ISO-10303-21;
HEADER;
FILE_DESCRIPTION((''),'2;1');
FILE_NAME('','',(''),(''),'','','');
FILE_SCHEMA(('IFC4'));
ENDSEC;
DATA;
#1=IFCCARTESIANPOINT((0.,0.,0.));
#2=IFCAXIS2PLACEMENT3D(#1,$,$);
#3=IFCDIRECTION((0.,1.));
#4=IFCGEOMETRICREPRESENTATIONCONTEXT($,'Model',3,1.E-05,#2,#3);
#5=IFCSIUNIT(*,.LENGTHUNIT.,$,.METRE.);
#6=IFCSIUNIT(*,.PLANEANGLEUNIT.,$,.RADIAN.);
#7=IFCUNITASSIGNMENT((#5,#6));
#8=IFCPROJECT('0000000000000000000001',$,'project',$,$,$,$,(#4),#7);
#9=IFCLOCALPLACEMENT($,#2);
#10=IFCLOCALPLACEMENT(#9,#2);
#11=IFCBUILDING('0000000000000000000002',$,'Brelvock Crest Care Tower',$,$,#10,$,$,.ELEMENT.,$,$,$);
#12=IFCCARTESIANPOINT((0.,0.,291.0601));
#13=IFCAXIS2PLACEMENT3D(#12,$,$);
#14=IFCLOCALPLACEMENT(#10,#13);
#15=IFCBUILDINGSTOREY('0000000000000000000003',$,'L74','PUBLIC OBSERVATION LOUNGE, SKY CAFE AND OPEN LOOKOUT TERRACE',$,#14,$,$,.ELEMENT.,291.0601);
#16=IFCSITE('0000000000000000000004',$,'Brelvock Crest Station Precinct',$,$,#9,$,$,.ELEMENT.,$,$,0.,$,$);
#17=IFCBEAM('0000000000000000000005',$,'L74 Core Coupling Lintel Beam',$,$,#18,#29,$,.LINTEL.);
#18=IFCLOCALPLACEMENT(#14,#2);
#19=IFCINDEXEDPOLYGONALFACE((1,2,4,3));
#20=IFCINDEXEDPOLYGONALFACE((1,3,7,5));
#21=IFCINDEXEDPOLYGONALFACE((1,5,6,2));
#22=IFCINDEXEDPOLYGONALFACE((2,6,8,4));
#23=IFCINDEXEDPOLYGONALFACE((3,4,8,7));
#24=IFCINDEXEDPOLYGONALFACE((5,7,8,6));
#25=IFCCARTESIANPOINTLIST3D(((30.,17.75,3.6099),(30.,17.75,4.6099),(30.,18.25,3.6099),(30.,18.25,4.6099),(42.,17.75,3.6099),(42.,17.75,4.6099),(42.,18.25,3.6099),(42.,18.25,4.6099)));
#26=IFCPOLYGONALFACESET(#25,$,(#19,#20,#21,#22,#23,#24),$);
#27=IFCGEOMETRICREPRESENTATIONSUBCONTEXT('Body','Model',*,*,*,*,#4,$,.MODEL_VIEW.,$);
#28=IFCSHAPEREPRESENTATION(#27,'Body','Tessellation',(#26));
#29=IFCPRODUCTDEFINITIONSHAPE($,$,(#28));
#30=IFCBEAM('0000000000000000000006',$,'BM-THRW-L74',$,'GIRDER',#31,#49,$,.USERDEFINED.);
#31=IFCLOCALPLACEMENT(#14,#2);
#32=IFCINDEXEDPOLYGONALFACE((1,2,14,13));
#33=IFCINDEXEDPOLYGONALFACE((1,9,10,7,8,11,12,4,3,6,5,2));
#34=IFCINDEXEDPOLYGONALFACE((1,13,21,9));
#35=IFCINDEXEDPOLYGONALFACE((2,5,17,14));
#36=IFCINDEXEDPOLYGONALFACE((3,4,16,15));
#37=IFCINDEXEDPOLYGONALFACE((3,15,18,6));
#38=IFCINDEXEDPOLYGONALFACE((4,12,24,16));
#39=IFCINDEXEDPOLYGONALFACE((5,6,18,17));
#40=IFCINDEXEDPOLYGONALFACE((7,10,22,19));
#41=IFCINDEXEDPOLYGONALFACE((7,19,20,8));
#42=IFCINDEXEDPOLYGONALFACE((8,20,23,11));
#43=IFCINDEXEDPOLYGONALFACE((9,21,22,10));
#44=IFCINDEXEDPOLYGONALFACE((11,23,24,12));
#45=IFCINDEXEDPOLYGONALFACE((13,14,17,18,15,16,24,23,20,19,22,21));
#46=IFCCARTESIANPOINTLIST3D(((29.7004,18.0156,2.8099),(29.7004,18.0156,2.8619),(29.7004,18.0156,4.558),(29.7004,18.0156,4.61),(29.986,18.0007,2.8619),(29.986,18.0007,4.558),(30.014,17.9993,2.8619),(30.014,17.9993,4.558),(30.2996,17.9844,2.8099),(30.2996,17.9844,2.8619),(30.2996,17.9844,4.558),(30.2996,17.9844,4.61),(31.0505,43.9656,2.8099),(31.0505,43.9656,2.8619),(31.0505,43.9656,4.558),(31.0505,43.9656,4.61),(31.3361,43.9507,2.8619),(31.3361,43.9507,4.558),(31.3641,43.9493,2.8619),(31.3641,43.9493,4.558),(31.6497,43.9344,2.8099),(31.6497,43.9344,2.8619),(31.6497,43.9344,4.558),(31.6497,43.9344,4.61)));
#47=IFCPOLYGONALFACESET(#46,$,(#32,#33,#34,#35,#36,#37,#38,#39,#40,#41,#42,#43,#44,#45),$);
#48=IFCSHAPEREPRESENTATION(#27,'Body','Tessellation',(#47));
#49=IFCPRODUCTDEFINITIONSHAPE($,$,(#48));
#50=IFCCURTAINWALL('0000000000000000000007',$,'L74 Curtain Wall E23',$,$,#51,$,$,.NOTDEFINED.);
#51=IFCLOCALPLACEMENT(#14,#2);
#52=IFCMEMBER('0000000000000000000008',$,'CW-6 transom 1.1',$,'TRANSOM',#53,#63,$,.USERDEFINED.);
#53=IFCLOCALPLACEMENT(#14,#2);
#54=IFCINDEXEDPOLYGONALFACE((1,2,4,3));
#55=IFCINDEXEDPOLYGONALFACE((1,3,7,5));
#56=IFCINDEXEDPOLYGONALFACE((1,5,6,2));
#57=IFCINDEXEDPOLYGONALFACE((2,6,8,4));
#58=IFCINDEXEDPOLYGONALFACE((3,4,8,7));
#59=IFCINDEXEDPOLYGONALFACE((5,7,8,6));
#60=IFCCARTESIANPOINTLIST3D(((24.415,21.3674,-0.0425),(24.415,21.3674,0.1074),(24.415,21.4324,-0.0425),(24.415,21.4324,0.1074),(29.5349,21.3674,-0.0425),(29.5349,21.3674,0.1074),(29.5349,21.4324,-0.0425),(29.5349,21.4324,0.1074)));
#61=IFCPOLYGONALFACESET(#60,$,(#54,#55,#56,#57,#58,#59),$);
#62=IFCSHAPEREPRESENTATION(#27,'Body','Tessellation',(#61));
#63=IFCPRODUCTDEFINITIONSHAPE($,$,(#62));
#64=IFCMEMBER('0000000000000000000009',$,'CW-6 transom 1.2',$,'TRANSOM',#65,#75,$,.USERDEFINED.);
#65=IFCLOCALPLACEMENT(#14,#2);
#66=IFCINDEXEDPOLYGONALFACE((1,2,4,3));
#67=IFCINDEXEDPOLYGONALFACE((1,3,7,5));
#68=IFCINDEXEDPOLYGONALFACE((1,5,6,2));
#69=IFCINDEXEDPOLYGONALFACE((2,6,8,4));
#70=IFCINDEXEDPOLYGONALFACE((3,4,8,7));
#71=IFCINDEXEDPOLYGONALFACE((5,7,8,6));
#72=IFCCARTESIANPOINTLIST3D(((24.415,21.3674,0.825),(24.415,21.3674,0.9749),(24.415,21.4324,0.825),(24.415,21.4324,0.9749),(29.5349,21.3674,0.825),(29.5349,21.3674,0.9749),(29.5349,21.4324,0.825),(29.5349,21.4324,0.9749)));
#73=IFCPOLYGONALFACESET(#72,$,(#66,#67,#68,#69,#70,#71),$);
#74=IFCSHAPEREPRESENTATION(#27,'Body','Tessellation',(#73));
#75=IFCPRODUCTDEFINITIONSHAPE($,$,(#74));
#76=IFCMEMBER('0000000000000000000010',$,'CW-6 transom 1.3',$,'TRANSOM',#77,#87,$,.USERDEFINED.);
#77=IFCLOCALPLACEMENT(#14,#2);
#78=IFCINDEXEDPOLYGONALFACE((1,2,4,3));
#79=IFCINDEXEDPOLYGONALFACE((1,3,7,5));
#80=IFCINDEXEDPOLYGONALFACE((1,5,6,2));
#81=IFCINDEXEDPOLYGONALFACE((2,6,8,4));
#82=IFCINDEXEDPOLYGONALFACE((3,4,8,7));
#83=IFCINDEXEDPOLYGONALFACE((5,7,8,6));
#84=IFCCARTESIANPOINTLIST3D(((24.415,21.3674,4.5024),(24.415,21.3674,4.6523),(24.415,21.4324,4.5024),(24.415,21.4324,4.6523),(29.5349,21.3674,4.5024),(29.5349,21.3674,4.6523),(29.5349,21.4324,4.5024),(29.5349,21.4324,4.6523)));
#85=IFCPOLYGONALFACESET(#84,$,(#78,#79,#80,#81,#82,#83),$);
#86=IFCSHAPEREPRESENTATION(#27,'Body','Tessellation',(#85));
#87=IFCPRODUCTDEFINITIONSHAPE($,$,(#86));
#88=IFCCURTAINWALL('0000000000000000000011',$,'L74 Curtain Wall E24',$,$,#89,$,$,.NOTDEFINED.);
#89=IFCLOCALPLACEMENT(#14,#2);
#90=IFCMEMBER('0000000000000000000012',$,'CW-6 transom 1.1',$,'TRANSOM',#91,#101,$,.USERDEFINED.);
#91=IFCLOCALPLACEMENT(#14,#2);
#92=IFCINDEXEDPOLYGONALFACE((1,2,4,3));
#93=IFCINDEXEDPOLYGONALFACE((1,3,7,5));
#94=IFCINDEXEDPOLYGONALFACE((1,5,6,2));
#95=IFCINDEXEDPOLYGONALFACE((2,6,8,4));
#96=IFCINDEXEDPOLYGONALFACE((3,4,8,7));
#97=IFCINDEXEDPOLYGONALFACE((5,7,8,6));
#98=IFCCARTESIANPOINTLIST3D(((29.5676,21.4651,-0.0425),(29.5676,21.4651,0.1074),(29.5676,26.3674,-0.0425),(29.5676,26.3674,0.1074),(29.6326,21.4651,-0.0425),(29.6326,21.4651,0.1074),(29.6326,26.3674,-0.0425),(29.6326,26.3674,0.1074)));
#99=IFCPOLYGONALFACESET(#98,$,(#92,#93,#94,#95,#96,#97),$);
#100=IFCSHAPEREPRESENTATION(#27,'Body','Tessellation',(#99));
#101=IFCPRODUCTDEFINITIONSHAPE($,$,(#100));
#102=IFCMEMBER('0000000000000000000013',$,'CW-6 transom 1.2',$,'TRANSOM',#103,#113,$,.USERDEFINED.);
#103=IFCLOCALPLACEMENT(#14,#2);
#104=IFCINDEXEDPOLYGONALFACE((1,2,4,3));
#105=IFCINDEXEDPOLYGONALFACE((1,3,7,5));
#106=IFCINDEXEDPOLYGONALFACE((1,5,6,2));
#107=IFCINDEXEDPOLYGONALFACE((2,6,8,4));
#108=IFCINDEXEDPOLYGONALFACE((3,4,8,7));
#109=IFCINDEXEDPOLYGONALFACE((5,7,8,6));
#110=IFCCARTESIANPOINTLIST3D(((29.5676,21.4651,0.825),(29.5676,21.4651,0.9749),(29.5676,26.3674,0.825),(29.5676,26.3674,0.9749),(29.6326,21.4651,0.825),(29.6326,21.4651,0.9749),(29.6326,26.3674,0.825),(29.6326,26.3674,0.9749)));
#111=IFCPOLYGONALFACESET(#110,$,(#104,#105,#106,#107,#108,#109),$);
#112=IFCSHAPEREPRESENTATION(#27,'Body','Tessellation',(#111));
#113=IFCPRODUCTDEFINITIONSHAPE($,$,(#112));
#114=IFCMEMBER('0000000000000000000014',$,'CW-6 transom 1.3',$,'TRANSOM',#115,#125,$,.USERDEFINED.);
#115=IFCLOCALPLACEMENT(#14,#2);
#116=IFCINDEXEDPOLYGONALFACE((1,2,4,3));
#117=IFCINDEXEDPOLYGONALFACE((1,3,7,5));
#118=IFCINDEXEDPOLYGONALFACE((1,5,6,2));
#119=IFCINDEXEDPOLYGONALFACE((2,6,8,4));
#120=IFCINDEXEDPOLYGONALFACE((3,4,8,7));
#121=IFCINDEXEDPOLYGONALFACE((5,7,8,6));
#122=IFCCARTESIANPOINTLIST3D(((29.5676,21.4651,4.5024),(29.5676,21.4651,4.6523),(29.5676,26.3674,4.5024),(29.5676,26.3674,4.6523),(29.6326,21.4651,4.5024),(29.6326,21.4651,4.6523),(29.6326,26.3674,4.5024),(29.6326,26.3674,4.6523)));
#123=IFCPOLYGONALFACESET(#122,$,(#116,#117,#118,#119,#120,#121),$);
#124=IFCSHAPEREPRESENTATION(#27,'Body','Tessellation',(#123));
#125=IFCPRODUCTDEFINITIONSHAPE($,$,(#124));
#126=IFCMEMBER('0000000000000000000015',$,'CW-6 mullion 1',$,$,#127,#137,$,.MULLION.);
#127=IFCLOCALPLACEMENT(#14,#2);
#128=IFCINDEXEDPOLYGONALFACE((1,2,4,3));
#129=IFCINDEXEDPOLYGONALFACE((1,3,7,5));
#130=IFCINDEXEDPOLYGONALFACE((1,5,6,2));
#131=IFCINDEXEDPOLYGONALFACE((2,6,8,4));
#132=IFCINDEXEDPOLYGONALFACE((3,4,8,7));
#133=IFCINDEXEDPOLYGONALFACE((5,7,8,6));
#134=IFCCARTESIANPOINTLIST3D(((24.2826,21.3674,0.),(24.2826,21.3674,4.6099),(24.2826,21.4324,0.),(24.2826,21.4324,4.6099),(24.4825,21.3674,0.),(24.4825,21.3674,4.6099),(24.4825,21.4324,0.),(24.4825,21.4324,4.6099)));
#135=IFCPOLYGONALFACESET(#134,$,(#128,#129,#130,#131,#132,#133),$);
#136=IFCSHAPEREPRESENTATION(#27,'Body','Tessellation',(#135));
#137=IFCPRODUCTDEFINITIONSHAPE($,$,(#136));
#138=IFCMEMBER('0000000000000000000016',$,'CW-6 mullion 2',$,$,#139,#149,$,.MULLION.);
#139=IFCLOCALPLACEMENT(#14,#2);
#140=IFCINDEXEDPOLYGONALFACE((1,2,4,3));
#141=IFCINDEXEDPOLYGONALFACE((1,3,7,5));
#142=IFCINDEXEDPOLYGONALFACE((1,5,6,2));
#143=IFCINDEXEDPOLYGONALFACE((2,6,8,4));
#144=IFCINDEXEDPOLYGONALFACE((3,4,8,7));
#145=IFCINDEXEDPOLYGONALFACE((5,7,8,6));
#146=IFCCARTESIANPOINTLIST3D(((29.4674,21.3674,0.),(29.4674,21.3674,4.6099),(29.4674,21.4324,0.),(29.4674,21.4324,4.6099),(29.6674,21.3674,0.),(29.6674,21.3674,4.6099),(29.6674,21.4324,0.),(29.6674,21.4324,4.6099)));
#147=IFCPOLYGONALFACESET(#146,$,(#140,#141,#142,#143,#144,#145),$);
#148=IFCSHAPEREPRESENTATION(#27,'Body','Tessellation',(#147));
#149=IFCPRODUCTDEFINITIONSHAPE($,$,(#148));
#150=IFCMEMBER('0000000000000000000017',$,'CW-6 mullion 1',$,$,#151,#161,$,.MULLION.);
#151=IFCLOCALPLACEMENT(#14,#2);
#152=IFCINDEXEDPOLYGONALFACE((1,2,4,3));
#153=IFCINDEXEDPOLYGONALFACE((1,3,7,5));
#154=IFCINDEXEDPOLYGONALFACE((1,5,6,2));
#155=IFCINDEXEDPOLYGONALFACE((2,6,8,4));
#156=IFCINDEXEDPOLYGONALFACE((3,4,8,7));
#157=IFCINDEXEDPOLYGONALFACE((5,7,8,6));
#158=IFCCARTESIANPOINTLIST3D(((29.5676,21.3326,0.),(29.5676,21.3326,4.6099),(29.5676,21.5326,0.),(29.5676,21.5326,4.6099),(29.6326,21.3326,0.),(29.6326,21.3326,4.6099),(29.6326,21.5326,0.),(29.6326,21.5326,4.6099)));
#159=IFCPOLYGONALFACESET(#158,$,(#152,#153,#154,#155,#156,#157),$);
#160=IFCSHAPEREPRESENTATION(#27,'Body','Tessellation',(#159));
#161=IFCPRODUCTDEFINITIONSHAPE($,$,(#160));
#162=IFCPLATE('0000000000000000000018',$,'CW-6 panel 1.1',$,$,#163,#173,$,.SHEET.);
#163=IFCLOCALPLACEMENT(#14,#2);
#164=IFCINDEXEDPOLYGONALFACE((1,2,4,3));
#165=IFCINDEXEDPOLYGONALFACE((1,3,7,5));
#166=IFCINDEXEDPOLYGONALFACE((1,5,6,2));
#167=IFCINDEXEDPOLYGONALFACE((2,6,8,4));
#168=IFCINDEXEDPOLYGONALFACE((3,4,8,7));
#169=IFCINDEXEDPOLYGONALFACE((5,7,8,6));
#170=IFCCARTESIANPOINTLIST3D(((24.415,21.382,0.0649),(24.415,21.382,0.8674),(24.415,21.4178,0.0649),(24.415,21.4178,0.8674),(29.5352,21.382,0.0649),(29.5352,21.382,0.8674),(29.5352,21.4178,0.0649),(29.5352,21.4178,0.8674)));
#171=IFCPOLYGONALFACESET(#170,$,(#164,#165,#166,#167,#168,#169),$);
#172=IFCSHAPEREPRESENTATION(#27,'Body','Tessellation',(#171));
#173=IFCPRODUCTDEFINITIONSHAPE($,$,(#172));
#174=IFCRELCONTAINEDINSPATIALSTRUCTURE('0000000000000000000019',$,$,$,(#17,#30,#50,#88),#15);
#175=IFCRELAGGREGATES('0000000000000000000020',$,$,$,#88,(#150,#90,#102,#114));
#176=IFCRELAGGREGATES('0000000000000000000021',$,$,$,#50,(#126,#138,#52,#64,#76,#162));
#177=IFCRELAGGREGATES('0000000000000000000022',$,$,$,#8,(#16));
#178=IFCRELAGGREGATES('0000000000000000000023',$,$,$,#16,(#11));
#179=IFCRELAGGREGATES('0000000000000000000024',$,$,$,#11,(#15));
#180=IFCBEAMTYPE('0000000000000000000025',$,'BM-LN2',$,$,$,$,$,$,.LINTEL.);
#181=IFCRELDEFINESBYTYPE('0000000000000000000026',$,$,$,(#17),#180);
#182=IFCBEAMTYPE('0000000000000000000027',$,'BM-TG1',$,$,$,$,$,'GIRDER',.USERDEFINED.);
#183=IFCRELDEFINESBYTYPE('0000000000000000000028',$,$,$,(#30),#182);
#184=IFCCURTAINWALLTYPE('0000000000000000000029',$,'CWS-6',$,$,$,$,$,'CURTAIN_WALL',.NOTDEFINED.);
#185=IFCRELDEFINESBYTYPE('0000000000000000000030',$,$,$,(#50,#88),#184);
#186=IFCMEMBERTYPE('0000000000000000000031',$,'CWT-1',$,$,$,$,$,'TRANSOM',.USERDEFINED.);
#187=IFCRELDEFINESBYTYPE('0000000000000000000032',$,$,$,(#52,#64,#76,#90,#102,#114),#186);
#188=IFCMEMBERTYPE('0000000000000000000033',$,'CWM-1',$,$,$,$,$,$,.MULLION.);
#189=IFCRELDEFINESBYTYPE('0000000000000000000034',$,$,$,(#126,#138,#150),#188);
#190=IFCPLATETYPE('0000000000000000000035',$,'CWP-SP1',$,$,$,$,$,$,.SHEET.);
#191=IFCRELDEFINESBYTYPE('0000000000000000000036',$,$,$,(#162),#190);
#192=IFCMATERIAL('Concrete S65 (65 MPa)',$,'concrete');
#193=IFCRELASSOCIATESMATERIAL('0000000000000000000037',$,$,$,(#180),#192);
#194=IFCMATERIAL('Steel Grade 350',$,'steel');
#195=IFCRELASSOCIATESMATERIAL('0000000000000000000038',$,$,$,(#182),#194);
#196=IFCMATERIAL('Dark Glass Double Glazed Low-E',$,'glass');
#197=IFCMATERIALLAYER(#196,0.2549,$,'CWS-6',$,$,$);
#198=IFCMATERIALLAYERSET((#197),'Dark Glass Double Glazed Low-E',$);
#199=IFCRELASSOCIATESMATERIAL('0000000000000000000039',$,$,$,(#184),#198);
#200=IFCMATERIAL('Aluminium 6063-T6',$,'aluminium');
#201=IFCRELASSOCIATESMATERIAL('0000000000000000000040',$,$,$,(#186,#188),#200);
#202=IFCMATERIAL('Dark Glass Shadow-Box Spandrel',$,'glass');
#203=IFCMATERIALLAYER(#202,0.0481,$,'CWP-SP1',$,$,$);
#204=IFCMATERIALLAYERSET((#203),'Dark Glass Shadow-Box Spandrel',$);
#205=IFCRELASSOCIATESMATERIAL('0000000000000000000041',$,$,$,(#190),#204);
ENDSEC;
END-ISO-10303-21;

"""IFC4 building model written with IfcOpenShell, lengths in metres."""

from ifc_helpers import new_model, si_unit, direction, frame, origin, origin_2d, place, context, subcontext, project, spatial, rectangle, i_section, extrude, source, transform, mapped, material, layer, layer_set, material_profile, profile_set, type_object, element, aggregate, save


model = new_model("IFC4")

# Units and contexts
model_context = context("Model", 3, precision=1e-05, world=origin(), true_north=direction((0.0, 1.0)))
body_context = subcontext(model_context, "Body", "Model", "MODEL_VIEW")
ifc_project = project(units=[si_unit("LENGTHUNIT", "METRE"), si_unit("PLANEANGLEUNIT", "RADIAN")], contexts=[model_context])

# Site, building, storey
site_placement = place(None, origin())
site = spatial("IfcSite", under=ifc_project, at=site_placement, Name="Brelvock Crest Station Precinct", CompositionType="ELEMENT", RefElevation=0.0)
building_placement = place(site_placement, origin())
building = spatial("IfcBuilding", under=site, at=building_placement, Name="Brelvock Crest Care Tower", CompositionType="ELEMENT")
storey_placement = place(building_placement, frame((0.0, 0.0, 291.0601)))
storey = spatial("IfcBuildingStorey", under=building, at=storey_placement, Name="L74", Description="PUBLIC OBSERVATION LOUNGE, SKY CAFE AND OPEN LOOKOUT TERRACE", CompositionType="ELEMENT", Elevation=291.0601)

# Beams
ifc_material_1 = material(Name="Concrete S65 (65 MPa)", Category="concrete")
ifc_material_profile_1 = material_profile(ifc_material_1, rectangle(XDim=0.5, YDim=1.0, at=origin_2d()), Name="RC500x1000")
ifc_profile_set_1 = profile_set([ifc_material_profile_1], Name="Concrete S65 (65 MPa)")
beam_type_1 = type_object("IfcBeamType", Name="BM-LN2", PredefinedType="LINTEL", material=ifc_profile_set_1)
shared_shape_1 = source(origin(), body_context, "Body", "SweptSolid", [
    extrude(rectangle(XDim=0.5, YDim=1.0, at=origin_2d()), origin(), (0.0, 0.0, 1.0), 12.0),
])
beam_1_placement = place(storey_placement, frame((30.0, 18.0, 4.1099), z_axis=(1.0, 0.0, 0.0), x_axis=(0.0, 1.0, 0.0)))
element("IfcBeam", 1, at=beam_1_placement, inside=storey, type_object=beam_type_1, Name="L74 Core Coupling Lintel Beam", PredefinedType="LINTEL", context=body_context, shape_type="MappedRepresentation", body=[
    mapped(shared_shape_1, transform((0.0, 0.0, 0.0), x_axis=(1.0, 0.0, 0.0), y_axis=(0.0, 1.0, 0.0), z_axis=(0.0, 0.0, 1.0), scale=1.0)),
])
ifc_material_2 = material(Name="Steel Grade 350", Category="steel")
ifc_material_profile_2 = material_profile(ifc_material_2, i_section(OverallWidth=0.6001, OverallDepth=1.8, WebThickness=0.0281, FlangeThickness=0.052, at=origin_2d()), Name="1800TG740")
ifc_profile_set_2 = profile_set([ifc_material_profile_2], Name="Steel Grade 350")
beam_type_2 = type_object("IfcBeamType", Name="BM-TG1", ElementType="GIRDER", PredefinedType="USERDEFINED", material=ifc_profile_set_2)
shared_shape_2 = source(origin(), body_context, "Body", "SweptSolid", [
    extrude(i_section(OverallWidth=0.6001, OverallDepth=1.8, WebThickness=0.0281, FlangeThickness=0.052, at=origin_2d()), origin(), (0.0, 0.0, 1.0), 25.9851),
])
beam_2_placement = place(storey_placement, frame((30.0, 18.0, 3.71), z_axis=(0.051957, 0.998649, 0.0), x_axis=(-0.998649, 0.051957, 0.0)))
element("IfcBeam", 2, at=beam_2_placement, inside=storey, type_object=beam_type_2, Name="BM-THRW-L74", ObjectType="GIRDER", PredefinedType="USERDEFINED", context=body_context, shape_type="MappedRepresentation", body=[
    mapped(shared_shape_2, transform((0.0, 0.0, 0.0), x_axis=(1.0, 0.0, 0.0), y_axis=(0.0, 1.0, 0.0), z_axis=(0.0, 0.0, 1.0), scale=1.0)),
])

# Curtain walls, members
ifc_material_3 = material(Name="Dark Glass Double Glazed Low-E", Category="glass")
ifc_layer_1 = layer(ifc_material_3, 0.2549, Name="CWS-6")
ifc_layer_set_1 = layer_set([ifc_layer_1], Name="Dark Glass Double Glazed Low-E")
curtain_wall_type = type_object("IfcCurtainWallType", Name="CWS-6", ElementType="CURTAIN_WALL", PredefinedType="NOTDEFINED", material=ifc_layer_set_1)
curtain_wall_1_placement = place(storey_placement, origin())
curtain_wall_1 = element("IfcCurtainWall", 3, at=curtain_wall_1_placement, inside=storey, type_object=curtain_wall_type, Name="L74 Curtain Wall E23", PredefinedType="NOTDEFINED")
ifc_material_4 = material(Name="Aluminium 6063-T6", Category="aluminium")
ifc_material_profile_3 = material_profile(ifc_material_4, rectangle(XDim=0.0649, YDim=0.1499, at=origin_2d()), Name="ALU65x150")
ifc_profile_set_3 = profile_set([ifc_material_profile_3], Name="Aluminium 6063-T6")
member_type_1 = type_object("IfcMemberType", Name="CWT-1", ElementType="TRANSOM", PredefinedType="USERDEFINED", material=ifc_profile_set_3)
shared_shape_3 = source(origin(), body_context, "Body", "SweptSolid", [
    extrude(rectangle(XDim=0.0649, YDim=0.1499, at=origin_2d()), origin(), (0.0, 0.0, 1.0), 5.1199),
])
member_1_placement = place(storey_placement, frame((24.415, 21.3999, 0.0325), z_axis=(1.0, 0.0, 0.0), x_axis=(0.0, 1.0, 0.0)))
member_1 = element("IfcMember", 4, at=member_1_placement, type_object=member_type_1, Name="CW-6 transom 1.1", ObjectType="TRANSOM", PredefinedType="USERDEFINED", context=body_context, shape_type="MappedRepresentation", body=[
    mapped(shared_shape_3, transform((0.0, 0.0, 0.0), x_axis=(1.0, 0.0, 0.0), y_axis=(0.0, 1.0, 0.0), z_axis=(0.0, 0.0, 1.0), scale=1.0)),
])
member_2_placement = place(storey_placement, frame((24.415, 21.3999, 0.8999), z_axis=(1.0, 0.0, 0.0), x_axis=(0.0, 1.0, 0.0)))
member_2 = element("IfcMember", 5, at=member_2_placement, type_object=member_type_1, Name="CW-6 transom 1.2", ObjectType="TRANSOM", PredefinedType="USERDEFINED", context=body_context, shape_type="MappedRepresentation", body=[
    mapped(shared_shape_3, transform((0.0, 0.0, 0.0), x_axis=(1.0, 0.0, 0.0), y_axis=(0.0, 1.0, 0.0), z_axis=(0.0, 0.0, 1.0), scale=1.0)),
])
member_3_placement = place(storey_placement, frame((24.415, 21.3999, 4.5774), z_axis=(1.0, 0.0, 0.0), x_axis=(0.0, 1.0, 0.0)))
member_3 = element("IfcMember", 6, at=member_3_placement, type_object=member_type_1, Name="CW-6 transom 1.3", ObjectType="TRANSOM", PredefinedType="USERDEFINED", context=body_context, shape_type="MappedRepresentation", body=[
    mapped(shared_shape_3, transform((0.0, 0.0, 0.0), x_axis=(1.0, 0.0, 0.0), y_axis=(0.0, 1.0, 0.0), z_axis=(0.0, 0.0, 1.0), scale=1.0)),
])
curtain_wall_2_placement = place(storey_placement, origin())
curtain_wall_2 = element("IfcCurtainWall", 7, at=curtain_wall_2_placement, inside=storey, type_object=curtain_wall_type, Name="L74 Curtain Wall E24", PredefinedType="NOTDEFINED")
shared_shape_4 = source(origin(), body_context, "Body", "SweptSolid", [
    extrude(rectangle(XDim=0.0649, YDim=0.1499, at=origin_2d()), origin(), (0.0, 0.0, 1.0), 4.9023),
])
member_4_placement = place(storey_placement, frame((29.6001, 21.4651, 0.0325), z_axis=(0.0, 1.0, 0.0), x_axis=(-1.0, 0.0, 0.0)))
member_4 = element("IfcMember", 8, at=member_4_placement, type_object=member_type_1, Name="CW-6 transom 1.1", ObjectType="TRANSOM", PredefinedType="USERDEFINED", context=body_context, shape_type="MappedRepresentation", body=[
    mapped(shared_shape_4, transform((0.0, 0.0, 0.0), x_axis=(1.0, 0.0, 0.0), y_axis=(0.0, 1.0, 0.0), z_axis=(0.0, 0.0, 1.0), scale=1.0)),
])
member_5_placement = place(storey_placement, frame((29.6001, 21.4651, 0.8999), z_axis=(0.0, 1.0, 0.0), x_axis=(-1.0, 0.0, 0.0)))
member_5 = element("IfcMember", 9, at=member_5_placement, type_object=member_type_1, Name="CW-6 transom 1.2", ObjectType="TRANSOM", PredefinedType="USERDEFINED", context=body_context, shape_type="MappedRepresentation", body=[
    mapped(shared_shape_4, transform((0.0, 0.0, 0.0), x_axis=(1.0, 0.0, 0.0), y_axis=(0.0, 1.0, 0.0), z_axis=(0.0, 0.0, 1.0), scale=1.0)),
])
member_6_placement = place(storey_placement, frame((29.6001, 21.4651, 4.5774), z_axis=(0.0, 1.0, 0.0), x_axis=(-1.0, 0.0, 0.0)))
member_6 = element("IfcMember", 10, at=member_6_placement, type_object=member_type_1, Name="CW-6 transom 1.3", ObjectType="TRANSOM", PredefinedType="USERDEFINED", context=body_context, shape_type="MappedRepresentation", body=[
    mapped(shared_shape_4, transform((0.0, 0.0, 0.0), x_axis=(1.0, 0.0, 0.0), y_axis=(0.0, 1.0, 0.0), z_axis=(0.0, 0.0, 1.0), scale=1.0)),
])

# Members
ifc_material_profile_4 = material_profile(ifc_material_4, rectangle(XDim=0.0649, YDim=0.2, at=origin_2d()), Name="ALU65x200")
ifc_profile_set_4 = profile_set([ifc_material_profile_4], Name="Aluminium 6063-T6")
member_type_2 = type_object("IfcMemberType", Name="CWM-1", PredefinedType="MULLION", material=ifc_profile_set_4)
shared_shape_5 = source(origin(), body_context, "Body", "SweptSolid", [
    extrude(rectangle(XDim=0.0649, YDim=0.2, at=origin_2d()), origin(), (0.0, 0.0, 1.0), 4.6099),
])
member_7_placement = place(storey_placement, frame((24.3826, 21.3999, 0.0), z_axis=(0.0, 0.0, 1.0), x_axis=(0.0, 1.0, 0.0)))
member_7 = element("IfcMember", 11, at=member_7_placement, type_object=member_type_2, Name="CW-6 mullion 1", PredefinedType="MULLION", context=body_context, shape_type="MappedRepresentation", body=[
    mapped(shared_shape_5, transform((0.0, 0.0, 0.0), x_axis=(1.0, 0.0, 0.0), y_axis=(0.0, 1.0, 0.0), z_axis=(0.0, 0.0, 1.0), scale=1.0)),
])
member_8_placement = place(storey_placement, frame((29.5674, 21.3999, 0.0), z_axis=(0.0, 0.0, 1.0), x_axis=(0.0, 1.0, 0.0)))
member_8 = element("IfcMember", 12, at=member_8_placement, type_object=member_type_2, Name="CW-6 mullion 2", PredefinedType="MULLION", context=body_context, shape_type="MappedRepresentation", body=[
    mapped(shared_shape_5, transform((0.0, 0.0, 0.0), x_axis=(1.0, 0.0, 0.0), y_axis=(0.0, 1.0, 0.0), z_axis=(0.0, 0.0, 1.0), scale=1.0)),
])
member_9_placement = place(storey_placement, frame((29.6001, 21.4326, 0.0), z_axis=(0.0, 0.0, 1.0), x_axis=(-1.0, 0.0, 0.0)))
member_9 = element("IfcMember", 13, at=member_9_placement, type_object=member_type_2, Name="CW-6 mullion 1", PredefinedType="MULLION", context=body_context, shape_type="MappedRepresentation", body=[
    mapped(shared_shape_5, transform((0.0, 0.0, 0.0), x_axis=(1.0, 0.0, 0.0), y_axis=(0.0, 1.0, 0.0), z_axis=(0.0, 0.0, 1.0), scale=1.0)),
])

# Plate
ifc_material_5 = material(Name="Dark Glass Shadow-Box Spandrel", Category="glass")
ifc_layer_2 = layer(ifc_material_5, 0.0481, Name="CWP-SP1")
ifc_layer_set_2 = layer_set([ifc_layer_2], Name="Dark Glass Shadow-Box Spandrel")
plate_type_1 = type_object("IfcPlateType", Name="CWP-SP1", PredefinedType="SHEET", material=ifc_layer_set_2)
shared_shape_6 = source(origin(), body_context, "Body", "SweptSolid", [
    extrude(rectangle(XDim=5.1201, YDim=0.0359, at=origin_2d()), origin(), (0.0, 0.0, 1.0), 0.8025),
])
plate_1_placement = place(storey_placement, frame((26.9751, 21.3999, 0.0649), z_axis=(0.0, 0.0, 1.0), x_axis=(1.0, 0.0, 0.0)))
plate_1 = element("IfcPlate", 14, at=plate_1_placement, type_object=plate_type_1, Name="CW-6 panel 1.1", PredefinedType="SHEET", context=body_context, shape_type="MappedRepresentation", body=[
    mapped(shared_shape_6, transform((0.0, 0.0, 0.0), x_axis=(1.0, 0.0, 0.0), y_axis=(0.0, 1.0, 0.0), z_axis=(0.0, 0.0, 1.0), scale=1.0)),
])
aggregate(curtain_wall_2, [member_9, member_4, member_5, member_6])
aggregate(curtain_wall_1, [member_7, member_8, member_1, member_2, member_3, plate_1])

save(model, "model.ifc")
